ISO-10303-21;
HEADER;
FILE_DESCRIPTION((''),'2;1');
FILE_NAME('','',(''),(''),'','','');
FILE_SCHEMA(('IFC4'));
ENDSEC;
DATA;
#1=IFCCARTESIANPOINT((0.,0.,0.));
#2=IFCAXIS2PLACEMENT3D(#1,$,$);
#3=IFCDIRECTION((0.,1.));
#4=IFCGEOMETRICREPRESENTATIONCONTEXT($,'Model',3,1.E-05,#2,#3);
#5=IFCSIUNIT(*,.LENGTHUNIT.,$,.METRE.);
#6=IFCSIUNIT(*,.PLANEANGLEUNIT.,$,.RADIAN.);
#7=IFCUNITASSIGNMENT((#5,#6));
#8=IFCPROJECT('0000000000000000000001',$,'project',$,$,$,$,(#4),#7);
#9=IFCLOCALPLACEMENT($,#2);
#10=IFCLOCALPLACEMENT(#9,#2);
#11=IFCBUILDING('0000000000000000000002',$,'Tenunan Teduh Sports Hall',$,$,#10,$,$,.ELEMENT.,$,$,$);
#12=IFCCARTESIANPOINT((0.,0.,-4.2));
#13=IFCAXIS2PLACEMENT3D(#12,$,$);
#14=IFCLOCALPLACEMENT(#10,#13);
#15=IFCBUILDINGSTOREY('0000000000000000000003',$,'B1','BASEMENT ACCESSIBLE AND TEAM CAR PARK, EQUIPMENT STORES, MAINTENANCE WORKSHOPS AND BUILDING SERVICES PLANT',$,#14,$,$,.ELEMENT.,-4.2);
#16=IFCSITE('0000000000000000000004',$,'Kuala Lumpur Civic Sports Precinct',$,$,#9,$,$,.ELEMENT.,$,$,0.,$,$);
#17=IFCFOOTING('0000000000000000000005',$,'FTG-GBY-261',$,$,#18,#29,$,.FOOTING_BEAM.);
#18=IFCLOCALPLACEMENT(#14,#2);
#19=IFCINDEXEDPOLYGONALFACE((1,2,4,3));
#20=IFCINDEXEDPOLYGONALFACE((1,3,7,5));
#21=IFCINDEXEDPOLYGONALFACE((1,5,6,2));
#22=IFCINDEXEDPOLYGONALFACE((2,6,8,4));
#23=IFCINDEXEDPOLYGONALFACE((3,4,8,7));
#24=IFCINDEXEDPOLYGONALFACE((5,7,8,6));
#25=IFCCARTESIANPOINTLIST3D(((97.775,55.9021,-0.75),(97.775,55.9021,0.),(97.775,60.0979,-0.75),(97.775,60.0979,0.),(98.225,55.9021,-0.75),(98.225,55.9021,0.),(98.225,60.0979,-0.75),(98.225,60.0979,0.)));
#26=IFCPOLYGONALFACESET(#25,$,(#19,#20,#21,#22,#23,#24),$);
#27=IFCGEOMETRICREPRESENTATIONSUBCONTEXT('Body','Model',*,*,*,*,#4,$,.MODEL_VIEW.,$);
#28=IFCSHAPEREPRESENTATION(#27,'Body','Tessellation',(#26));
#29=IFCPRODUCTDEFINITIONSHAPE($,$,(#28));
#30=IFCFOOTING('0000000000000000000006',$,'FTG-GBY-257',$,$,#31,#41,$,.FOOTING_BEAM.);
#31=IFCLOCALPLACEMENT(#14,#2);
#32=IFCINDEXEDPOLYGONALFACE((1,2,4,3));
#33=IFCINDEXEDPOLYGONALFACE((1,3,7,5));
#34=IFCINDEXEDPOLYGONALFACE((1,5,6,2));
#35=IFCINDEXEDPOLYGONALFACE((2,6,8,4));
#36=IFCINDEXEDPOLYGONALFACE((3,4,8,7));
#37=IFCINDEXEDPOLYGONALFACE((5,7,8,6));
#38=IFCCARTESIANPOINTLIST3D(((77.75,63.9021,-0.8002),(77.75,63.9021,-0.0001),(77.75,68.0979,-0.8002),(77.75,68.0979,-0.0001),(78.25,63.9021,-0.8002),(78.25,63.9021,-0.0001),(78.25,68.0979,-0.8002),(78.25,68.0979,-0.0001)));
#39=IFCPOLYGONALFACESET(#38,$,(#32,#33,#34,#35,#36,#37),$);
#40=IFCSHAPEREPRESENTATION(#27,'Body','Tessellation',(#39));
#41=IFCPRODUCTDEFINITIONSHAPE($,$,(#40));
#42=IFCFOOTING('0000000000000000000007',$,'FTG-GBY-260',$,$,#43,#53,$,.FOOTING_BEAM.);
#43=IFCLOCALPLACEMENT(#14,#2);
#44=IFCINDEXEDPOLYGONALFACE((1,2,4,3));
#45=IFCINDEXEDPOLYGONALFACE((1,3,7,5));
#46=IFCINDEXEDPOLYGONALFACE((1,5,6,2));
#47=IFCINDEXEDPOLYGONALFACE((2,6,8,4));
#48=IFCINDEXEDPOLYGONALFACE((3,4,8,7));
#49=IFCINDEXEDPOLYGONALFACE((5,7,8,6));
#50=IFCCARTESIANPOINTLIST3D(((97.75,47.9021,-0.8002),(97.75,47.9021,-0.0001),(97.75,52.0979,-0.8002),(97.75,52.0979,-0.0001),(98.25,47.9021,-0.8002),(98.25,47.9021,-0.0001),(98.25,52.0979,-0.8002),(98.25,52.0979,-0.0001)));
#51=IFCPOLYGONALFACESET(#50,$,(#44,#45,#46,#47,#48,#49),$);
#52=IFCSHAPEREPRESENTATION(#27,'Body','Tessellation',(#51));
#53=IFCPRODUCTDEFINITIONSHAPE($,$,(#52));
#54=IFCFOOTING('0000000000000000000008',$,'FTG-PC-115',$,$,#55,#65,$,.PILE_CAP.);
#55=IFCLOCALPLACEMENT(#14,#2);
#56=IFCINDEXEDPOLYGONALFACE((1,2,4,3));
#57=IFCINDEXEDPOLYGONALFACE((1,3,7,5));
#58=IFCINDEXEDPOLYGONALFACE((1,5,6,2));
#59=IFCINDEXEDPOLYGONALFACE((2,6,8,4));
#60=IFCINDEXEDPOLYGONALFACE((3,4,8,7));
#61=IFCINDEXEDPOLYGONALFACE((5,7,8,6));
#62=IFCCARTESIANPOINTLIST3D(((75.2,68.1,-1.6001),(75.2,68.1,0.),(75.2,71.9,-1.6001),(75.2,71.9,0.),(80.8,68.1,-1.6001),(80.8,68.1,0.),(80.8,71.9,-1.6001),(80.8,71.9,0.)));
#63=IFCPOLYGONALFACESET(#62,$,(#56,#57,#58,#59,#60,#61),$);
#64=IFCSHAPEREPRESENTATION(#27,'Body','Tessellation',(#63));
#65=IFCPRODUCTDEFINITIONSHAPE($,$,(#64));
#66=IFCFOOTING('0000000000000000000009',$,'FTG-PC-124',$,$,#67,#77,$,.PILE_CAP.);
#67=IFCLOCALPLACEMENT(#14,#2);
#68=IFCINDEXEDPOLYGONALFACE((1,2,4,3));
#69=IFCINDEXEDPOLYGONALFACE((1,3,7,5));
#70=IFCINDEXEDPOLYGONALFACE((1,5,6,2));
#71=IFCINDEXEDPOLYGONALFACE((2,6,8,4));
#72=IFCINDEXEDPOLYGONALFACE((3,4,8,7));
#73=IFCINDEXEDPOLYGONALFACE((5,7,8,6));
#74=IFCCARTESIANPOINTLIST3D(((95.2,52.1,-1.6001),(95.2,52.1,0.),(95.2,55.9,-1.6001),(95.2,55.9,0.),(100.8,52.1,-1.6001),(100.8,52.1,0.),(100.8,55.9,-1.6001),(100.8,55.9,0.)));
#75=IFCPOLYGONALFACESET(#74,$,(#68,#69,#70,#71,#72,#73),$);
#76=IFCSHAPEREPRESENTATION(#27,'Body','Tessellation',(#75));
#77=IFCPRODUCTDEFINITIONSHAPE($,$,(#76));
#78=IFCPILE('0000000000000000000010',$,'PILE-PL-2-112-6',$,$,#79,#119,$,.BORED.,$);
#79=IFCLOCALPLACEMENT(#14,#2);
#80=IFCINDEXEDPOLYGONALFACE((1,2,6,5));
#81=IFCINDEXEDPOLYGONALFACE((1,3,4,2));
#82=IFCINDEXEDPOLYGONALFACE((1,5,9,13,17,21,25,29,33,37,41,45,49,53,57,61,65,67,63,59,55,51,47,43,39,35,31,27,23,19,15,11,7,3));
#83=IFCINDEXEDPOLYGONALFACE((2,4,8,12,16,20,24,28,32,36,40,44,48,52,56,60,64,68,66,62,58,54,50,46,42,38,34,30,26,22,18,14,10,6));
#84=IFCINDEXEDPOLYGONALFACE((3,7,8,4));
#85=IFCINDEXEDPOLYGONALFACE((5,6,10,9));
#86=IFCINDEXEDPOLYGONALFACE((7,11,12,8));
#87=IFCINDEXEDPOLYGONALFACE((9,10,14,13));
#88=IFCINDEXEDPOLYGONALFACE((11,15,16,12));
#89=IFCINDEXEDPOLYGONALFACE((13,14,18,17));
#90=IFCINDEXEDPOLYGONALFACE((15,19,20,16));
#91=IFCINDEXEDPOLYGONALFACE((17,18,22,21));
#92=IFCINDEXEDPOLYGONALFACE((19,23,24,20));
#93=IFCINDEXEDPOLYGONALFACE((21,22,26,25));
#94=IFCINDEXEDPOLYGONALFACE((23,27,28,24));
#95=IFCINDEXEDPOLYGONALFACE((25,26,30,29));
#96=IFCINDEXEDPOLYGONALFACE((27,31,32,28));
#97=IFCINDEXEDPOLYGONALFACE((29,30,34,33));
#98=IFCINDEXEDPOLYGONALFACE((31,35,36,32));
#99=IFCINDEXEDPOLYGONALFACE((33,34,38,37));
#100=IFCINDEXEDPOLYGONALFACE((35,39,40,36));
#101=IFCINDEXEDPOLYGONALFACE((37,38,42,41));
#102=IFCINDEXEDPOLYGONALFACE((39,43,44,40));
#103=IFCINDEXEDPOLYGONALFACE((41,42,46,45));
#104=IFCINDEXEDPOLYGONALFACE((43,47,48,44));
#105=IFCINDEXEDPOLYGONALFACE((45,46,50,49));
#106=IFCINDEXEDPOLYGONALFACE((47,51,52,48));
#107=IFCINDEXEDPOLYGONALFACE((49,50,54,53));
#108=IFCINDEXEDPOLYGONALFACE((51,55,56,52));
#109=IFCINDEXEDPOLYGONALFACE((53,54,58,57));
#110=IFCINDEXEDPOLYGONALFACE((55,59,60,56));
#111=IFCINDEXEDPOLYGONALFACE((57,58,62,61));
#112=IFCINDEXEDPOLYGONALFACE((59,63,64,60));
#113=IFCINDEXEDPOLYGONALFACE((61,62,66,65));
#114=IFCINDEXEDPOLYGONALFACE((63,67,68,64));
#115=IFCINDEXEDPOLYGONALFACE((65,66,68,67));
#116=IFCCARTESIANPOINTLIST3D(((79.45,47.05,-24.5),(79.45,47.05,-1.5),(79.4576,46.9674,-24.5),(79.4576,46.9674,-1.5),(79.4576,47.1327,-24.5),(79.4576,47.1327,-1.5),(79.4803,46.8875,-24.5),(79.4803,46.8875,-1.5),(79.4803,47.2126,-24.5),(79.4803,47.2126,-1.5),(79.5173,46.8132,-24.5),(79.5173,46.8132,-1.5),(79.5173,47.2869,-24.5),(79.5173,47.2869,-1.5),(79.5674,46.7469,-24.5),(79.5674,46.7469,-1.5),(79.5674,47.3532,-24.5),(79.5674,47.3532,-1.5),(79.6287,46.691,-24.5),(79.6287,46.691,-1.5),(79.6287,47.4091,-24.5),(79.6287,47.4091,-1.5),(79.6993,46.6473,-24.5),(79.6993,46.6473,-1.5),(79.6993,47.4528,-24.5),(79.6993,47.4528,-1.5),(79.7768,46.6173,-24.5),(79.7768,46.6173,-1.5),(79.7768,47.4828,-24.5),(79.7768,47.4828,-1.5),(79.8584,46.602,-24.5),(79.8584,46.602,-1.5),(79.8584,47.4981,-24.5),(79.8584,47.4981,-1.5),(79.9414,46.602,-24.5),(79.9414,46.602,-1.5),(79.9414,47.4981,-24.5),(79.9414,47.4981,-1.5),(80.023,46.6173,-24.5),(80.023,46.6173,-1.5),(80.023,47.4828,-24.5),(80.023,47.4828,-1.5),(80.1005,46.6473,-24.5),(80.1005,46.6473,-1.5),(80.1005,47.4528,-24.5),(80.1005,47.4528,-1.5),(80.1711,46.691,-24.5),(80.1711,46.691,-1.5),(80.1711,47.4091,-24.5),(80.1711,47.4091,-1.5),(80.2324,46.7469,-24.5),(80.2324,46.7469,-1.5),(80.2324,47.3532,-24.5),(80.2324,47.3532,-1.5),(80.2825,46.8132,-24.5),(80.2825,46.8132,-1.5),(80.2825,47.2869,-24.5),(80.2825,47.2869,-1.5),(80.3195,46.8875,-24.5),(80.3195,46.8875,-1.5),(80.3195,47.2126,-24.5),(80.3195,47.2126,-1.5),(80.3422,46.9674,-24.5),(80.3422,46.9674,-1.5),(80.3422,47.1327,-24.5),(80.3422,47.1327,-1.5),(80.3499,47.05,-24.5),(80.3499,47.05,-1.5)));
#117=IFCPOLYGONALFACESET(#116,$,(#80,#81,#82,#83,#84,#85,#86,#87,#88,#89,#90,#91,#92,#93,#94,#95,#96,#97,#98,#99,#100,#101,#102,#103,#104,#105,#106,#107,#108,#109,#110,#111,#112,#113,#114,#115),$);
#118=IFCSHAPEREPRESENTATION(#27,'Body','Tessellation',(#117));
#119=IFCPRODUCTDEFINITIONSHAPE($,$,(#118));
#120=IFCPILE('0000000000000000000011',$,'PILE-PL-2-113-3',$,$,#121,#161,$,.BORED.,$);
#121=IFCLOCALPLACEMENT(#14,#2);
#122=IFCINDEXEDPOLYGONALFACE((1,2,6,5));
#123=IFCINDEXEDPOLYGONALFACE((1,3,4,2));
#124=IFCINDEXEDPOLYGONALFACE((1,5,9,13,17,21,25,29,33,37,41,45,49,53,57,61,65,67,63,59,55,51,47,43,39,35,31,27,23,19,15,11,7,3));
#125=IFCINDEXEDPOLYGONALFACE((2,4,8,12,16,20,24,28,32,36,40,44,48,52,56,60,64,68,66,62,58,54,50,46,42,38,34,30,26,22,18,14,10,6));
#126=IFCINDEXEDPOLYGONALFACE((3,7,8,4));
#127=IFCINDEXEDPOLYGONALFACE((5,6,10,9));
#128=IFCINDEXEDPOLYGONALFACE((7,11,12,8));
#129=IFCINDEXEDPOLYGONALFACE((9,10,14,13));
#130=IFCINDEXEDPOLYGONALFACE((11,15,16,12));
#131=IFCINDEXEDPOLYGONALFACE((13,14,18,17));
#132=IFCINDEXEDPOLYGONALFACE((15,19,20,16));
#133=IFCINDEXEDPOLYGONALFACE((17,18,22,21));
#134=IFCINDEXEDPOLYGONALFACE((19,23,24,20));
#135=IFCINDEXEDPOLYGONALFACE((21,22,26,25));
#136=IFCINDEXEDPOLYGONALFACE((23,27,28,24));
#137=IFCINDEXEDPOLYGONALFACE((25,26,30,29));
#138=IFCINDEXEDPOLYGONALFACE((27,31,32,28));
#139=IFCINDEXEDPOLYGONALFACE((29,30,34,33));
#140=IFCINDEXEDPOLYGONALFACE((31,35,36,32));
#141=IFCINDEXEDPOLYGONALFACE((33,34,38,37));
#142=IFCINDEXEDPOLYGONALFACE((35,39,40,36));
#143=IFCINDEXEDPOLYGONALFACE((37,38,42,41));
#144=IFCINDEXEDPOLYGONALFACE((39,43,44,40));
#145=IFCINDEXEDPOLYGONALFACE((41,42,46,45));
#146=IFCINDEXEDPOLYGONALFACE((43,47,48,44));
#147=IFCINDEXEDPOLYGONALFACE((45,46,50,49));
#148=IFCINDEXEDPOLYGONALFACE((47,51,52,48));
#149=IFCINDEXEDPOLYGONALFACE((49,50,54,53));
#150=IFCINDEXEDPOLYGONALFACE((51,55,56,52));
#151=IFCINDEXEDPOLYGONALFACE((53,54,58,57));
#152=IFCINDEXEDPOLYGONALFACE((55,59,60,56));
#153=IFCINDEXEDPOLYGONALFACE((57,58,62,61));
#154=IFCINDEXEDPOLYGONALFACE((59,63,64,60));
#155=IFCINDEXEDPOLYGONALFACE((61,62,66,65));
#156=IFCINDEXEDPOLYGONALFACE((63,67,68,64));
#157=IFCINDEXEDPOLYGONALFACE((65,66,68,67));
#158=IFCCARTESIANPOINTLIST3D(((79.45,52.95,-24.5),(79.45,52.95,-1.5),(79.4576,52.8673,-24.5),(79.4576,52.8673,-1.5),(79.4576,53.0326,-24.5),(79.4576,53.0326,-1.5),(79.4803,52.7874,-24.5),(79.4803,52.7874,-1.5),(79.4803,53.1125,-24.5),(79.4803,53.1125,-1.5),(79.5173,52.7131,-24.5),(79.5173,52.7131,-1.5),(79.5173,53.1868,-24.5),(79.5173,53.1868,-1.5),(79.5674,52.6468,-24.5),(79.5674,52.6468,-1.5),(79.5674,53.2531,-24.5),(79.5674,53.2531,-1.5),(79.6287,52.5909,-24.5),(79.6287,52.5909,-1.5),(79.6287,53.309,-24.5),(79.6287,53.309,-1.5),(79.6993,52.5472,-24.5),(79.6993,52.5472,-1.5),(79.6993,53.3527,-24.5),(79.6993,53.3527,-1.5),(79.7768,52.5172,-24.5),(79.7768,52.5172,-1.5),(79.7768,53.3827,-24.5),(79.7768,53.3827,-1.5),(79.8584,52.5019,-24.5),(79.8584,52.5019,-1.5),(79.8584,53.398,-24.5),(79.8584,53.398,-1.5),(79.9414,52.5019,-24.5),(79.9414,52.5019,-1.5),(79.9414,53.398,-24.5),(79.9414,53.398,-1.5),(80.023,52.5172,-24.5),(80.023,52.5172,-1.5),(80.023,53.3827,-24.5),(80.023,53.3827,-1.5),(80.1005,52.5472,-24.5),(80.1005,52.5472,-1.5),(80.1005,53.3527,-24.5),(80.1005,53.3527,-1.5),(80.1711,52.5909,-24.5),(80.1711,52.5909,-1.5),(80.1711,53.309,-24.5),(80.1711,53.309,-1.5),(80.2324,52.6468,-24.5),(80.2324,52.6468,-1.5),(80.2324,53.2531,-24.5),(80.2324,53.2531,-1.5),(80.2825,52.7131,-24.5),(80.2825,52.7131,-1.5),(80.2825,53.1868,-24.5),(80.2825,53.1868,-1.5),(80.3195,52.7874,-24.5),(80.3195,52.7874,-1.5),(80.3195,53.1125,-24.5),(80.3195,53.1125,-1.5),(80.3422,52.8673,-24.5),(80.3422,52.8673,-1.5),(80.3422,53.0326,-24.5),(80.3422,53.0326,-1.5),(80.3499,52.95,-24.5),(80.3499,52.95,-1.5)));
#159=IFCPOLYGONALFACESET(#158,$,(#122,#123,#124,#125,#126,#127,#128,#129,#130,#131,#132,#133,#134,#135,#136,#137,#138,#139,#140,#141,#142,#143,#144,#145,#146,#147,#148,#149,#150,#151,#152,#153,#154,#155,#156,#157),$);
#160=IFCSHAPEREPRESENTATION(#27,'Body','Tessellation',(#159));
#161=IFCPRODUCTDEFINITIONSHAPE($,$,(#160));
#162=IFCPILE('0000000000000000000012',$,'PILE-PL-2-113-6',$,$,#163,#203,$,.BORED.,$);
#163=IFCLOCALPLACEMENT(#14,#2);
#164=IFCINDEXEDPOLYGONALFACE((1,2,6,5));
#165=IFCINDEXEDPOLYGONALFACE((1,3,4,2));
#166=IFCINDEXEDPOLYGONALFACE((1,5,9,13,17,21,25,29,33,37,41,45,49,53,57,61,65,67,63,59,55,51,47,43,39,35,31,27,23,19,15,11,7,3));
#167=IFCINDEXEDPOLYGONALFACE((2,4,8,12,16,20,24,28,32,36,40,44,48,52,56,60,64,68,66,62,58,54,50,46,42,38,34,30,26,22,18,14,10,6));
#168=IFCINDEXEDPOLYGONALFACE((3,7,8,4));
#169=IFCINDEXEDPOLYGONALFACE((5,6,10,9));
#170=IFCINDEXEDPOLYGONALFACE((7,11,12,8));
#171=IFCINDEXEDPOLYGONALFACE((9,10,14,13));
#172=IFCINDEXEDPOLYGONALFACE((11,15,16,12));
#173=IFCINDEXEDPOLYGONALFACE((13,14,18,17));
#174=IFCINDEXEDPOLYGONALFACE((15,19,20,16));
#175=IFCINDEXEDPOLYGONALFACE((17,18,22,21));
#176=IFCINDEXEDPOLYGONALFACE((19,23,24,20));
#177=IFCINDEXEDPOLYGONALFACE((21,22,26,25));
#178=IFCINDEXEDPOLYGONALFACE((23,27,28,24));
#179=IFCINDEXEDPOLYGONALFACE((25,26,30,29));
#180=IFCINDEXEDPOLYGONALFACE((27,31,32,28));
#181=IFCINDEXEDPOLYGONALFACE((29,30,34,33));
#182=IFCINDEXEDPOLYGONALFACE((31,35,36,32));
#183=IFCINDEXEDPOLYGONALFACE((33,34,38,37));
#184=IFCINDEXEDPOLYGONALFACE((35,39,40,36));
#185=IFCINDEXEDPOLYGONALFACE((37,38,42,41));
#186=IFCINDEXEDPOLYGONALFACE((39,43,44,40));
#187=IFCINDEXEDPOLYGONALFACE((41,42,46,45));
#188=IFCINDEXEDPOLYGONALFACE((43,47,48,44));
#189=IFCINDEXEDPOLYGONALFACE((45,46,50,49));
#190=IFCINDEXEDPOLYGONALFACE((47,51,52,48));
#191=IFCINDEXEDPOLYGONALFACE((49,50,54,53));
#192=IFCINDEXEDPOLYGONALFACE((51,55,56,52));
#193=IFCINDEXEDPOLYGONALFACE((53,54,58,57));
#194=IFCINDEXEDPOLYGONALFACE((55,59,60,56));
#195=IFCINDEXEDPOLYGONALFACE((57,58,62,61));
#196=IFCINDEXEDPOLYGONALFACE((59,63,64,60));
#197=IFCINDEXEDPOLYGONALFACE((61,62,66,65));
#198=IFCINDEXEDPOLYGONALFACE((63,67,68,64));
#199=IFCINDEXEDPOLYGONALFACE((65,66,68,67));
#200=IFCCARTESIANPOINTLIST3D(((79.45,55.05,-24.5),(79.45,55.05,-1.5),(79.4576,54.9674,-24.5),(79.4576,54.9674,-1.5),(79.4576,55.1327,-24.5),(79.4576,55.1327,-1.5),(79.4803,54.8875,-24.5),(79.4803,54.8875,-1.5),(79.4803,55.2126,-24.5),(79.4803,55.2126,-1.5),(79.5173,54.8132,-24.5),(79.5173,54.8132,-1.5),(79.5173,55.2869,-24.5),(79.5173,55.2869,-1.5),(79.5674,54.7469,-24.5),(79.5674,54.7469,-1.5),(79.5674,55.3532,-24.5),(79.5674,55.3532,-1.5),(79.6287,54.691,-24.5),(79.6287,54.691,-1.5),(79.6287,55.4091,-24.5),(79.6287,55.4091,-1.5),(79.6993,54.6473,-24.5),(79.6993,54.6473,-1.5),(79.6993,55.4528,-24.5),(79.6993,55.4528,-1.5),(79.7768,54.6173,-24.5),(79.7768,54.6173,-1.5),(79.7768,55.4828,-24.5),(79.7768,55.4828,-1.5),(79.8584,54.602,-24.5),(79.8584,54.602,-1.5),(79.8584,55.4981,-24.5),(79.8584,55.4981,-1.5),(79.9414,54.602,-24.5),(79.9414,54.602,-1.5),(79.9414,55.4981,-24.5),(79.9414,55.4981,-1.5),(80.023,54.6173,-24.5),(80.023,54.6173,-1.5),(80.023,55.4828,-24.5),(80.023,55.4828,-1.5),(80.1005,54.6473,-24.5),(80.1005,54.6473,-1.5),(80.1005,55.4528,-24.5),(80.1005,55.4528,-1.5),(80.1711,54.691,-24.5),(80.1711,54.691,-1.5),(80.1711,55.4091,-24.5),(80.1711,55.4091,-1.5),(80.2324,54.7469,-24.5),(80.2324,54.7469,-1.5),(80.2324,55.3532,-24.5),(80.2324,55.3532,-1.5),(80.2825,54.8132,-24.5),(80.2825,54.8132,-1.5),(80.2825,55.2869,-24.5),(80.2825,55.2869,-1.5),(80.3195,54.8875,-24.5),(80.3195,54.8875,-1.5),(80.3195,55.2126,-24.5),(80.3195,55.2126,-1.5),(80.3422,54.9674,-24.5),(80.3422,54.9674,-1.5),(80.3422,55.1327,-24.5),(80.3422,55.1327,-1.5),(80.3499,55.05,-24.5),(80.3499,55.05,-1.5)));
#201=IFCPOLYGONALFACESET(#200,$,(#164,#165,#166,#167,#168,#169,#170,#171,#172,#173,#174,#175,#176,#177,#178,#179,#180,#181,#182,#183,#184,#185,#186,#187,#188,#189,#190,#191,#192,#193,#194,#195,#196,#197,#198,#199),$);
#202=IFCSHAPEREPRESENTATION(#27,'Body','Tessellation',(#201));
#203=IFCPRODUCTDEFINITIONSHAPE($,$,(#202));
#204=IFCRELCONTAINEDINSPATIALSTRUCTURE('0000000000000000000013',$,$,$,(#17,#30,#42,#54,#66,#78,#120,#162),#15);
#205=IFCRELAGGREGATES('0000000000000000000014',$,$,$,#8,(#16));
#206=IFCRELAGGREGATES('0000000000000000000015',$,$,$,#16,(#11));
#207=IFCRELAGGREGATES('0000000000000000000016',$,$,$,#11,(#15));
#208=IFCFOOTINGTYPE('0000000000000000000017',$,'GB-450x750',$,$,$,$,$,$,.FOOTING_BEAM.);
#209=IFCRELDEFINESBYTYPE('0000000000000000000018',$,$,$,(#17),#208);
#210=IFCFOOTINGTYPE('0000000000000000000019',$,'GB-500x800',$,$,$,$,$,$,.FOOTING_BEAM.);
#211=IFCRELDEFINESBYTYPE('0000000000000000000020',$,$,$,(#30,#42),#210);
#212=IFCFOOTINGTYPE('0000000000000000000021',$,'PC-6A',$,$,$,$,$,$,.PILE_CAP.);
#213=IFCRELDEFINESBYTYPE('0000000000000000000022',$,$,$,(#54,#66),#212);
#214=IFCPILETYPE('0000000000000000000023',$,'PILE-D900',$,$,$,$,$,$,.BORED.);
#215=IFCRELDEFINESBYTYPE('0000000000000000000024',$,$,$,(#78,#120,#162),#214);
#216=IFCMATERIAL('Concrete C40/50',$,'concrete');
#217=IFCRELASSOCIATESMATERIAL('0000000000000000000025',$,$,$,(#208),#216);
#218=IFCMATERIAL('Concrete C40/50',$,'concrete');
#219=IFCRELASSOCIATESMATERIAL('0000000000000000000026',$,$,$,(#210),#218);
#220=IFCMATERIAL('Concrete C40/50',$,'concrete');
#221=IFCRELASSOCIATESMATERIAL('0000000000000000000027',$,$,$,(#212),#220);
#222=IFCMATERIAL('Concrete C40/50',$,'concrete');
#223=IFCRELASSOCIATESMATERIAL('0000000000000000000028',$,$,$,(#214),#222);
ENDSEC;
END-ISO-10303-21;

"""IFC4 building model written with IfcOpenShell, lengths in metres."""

from ifc_helpers import new_model, si_unit, direction, frame, origin, origin_2d, place, context, subcontext, project, spatial, rectangle, circle, extrude, material, material_profile, profile_set, type_object, element, save


model = new_model("IFC4")

# Units and contexts
model_context = context("Model", 3, precision=1e-05, world=origin(), true_north=direction((0.0, 1.0)))
body_context = subcontext(model_context, "Body", "Model", "MODEL_VIEW")
ifc_project = project(units=[si_unit("LENGTHUNIT", "METRE"), si_unit("PLANEANGLEUNIT", "RADIAN")], contexts=[model_context])

# Site, building, storey
site_placement = place(None, origin())
site = spatial("IfcSite", under=ifc_project, at=site_placement, Name="Kuala Lumpur Civic Sports Precinct", CompositionType="ELEMENT", RefElevation=0.0)
building_placement = place(site_placement, origin())
building = spatial("IfcBuilding", under=site, at=building_placement, Name="Tenunan Teduh Sports Hall", CompositionType="ELEMENT")
storey_placement = place(building_placement, frame((0.0, 0.0, -4.2)))
storey = spatial("IfcBuildingStorey", under=building, at=storey_placement, Name="B1", Description="BASEMENT ACCESSIBLE AND TEAM CAR PARK, EQUIPMENT STORES, MAINTENANCE WORKSHOPS AND BUILDING SERVICES PLANT", CompositionType="ELEMENT", Elevation=-4.2)

# Footings
ifc_material_1 = material(Name="Concrete C40/50", Category="concrete")
ifc_material_profile_1 = material_profile(ifc_material_1, rectangle(XDim=0.45, YDim=0.75, at=origin_2d()), Name="RCB 450x750")
ifc_profile_set_1 = profile_set([ifc_material_profile_1], Name="Concrete C40/50")
footing_type_1 = type_object("IfcFootingType", Name="GB-450x750", PredefinedType="FOOTING_BEAM", material=ifc_profile_set_1)
footing_placement = place(storey_placement, frame((98.0, 55.9021, -0.375), z_axis=(0.0, 1.0, 0.0), x_axis=(-1.0, 0.0, 0.0)))
element("IfcFooting", 1, at=footing_placement, inside=storey, type_object=footing_type_1, Name="FTG-GBY-261", PredefinedType="FOOTING_BEAM", context=body_context, shape_type="SweptSolid", body=[
    extrude(rectangle(XDim=0.45, YDim=0.75, at=origin_2d()), origin(), (0.0, 0.0, 1.0), 4.1958),
])
ifc_material_2 = material(Name="Concrete C40/50", Category="concrete")
ifc_material_profile_2 = material_profile(ifc_material_2, rectangle(XDim=0.5, YDim=0.8, at=origin_2d()), Name="RCB 500x800")
ifc_profile_set_2 = profile_set([ifc_material_profile_2], Name="Concrete C40/50")
footing_type_2 = type_object("IfcFootingType", Name="GB-500x800", PredefinedType="FOOTING_BEAM", material=ifc_profile_set_2)
for number, where, z_axis, x_axis, name in (
    (2, (78.0, 63.9021, -0.4001), (0.0, 1.0, 0.0), (-1.0, 0.0, 0.0), "FTG-GBY-257"),
    (3, (98.0, 47.9021, -0.4001), (0.0, 1.0, 0.0), (-1.0, 0.0, 0.0), "FTG-GBY-260"),
):
    element("IfcFooting", number, at=place(storey_placement, frame(where, z_axis=z_axis, x_axis=x_axis)), inside=storey, type_object=footing_type_2, Name=name, PredefinedType="FOOTING_BEAM", context=body_context, shape_type="SweptSolid", body=[
        extrude(rectangle(XDim=0.5, YDim=0.8, at=origin_2d()), origin(), (0.0, 0.0, 1.0), 4.1958),
    ])
ifc_material_3 = material(Name="Concrete C40/50", Category="concrete")
footing_type_3 = type_object("IfcFootingType", Name="PC-6A", PredefinedType="PILE_CAP", material=ifc_material_3)
for number, where, z_axis, x_axis, name in (
    (4, (78.0, 70.0, -1.6001), (0.0, 0.0, 1.0), (1.0, 0.0, 0.0), "FTG-PC-115"),
    (5, (98.0, 54.0, -1.6001), (0.0, 0.0, 1.0), (1.0, 0.0, 0.0), "FTG-PC-124"),
):
    element("IfcFooting", number, at=place(storey_placement, frame(where, z_axis=z_axis, x_axis=x_axis)), inside=storey, type_object=footing_type_3, Name=name, PredefinedType="PILE_CAP", context=body_context, shape_type="SweptSolid", body=[
        extrude(rectangle(XDim=5.6001, YDim=3.8, at=origin_2d()), origin(), (0.0, 0.0, 1.0), 1.6001),
    ])

# Piles
ifc_material_4 = material(Name="Concrete C40/50", Category="concrete")
ifc_material_profile_3 = material_profile(ifc_material_4, circle(Radius=0.45, at=origin_2d()), Name="PILE D900")
ifc_profile_set_3 = profile_set([ifc_material_profile_3], Name="Concrete C40/50")
pile_type = type_object("IfcPileType", Name="PILE-D900", PredefinedType="BORED", material=ifc_profile_set_3)
for number, where, z_axis, x_axis, name in (
    (6, (79.8999, 47.05, -1.5), (0.0, 0.0, -1.0), (1.0, 0.0, 0.0), "PILE-PL-2-112-6"),
    (7, (79.8999, 52.95, -1.5), (0.0, 0.0, -1.0), (1.0, 0.0, 0.0), "PILE-PL-2-113-3"),
    (8, (79.8999, 55.05, -1.5), (0.0, 0.0, -1.0), (1.0, 0.0, 0.0), "PILE-PL-2-113-6"),
):
    element("IfcPile", number, at=place(storey_placement, frame(where, z_axis=z_axis, x_axis=x_axis)), inside=storey, type_object=pile_type, Name=name, PredefinedType="BORED", context=body_context, shape_type="SweptSolid", body=[
        extrude(circle(Radius=0.45, at=origin_2d()), origin(), (0.0, 0.0, 1.0), 23.0),
    ])

save(model, "model.ifc")
